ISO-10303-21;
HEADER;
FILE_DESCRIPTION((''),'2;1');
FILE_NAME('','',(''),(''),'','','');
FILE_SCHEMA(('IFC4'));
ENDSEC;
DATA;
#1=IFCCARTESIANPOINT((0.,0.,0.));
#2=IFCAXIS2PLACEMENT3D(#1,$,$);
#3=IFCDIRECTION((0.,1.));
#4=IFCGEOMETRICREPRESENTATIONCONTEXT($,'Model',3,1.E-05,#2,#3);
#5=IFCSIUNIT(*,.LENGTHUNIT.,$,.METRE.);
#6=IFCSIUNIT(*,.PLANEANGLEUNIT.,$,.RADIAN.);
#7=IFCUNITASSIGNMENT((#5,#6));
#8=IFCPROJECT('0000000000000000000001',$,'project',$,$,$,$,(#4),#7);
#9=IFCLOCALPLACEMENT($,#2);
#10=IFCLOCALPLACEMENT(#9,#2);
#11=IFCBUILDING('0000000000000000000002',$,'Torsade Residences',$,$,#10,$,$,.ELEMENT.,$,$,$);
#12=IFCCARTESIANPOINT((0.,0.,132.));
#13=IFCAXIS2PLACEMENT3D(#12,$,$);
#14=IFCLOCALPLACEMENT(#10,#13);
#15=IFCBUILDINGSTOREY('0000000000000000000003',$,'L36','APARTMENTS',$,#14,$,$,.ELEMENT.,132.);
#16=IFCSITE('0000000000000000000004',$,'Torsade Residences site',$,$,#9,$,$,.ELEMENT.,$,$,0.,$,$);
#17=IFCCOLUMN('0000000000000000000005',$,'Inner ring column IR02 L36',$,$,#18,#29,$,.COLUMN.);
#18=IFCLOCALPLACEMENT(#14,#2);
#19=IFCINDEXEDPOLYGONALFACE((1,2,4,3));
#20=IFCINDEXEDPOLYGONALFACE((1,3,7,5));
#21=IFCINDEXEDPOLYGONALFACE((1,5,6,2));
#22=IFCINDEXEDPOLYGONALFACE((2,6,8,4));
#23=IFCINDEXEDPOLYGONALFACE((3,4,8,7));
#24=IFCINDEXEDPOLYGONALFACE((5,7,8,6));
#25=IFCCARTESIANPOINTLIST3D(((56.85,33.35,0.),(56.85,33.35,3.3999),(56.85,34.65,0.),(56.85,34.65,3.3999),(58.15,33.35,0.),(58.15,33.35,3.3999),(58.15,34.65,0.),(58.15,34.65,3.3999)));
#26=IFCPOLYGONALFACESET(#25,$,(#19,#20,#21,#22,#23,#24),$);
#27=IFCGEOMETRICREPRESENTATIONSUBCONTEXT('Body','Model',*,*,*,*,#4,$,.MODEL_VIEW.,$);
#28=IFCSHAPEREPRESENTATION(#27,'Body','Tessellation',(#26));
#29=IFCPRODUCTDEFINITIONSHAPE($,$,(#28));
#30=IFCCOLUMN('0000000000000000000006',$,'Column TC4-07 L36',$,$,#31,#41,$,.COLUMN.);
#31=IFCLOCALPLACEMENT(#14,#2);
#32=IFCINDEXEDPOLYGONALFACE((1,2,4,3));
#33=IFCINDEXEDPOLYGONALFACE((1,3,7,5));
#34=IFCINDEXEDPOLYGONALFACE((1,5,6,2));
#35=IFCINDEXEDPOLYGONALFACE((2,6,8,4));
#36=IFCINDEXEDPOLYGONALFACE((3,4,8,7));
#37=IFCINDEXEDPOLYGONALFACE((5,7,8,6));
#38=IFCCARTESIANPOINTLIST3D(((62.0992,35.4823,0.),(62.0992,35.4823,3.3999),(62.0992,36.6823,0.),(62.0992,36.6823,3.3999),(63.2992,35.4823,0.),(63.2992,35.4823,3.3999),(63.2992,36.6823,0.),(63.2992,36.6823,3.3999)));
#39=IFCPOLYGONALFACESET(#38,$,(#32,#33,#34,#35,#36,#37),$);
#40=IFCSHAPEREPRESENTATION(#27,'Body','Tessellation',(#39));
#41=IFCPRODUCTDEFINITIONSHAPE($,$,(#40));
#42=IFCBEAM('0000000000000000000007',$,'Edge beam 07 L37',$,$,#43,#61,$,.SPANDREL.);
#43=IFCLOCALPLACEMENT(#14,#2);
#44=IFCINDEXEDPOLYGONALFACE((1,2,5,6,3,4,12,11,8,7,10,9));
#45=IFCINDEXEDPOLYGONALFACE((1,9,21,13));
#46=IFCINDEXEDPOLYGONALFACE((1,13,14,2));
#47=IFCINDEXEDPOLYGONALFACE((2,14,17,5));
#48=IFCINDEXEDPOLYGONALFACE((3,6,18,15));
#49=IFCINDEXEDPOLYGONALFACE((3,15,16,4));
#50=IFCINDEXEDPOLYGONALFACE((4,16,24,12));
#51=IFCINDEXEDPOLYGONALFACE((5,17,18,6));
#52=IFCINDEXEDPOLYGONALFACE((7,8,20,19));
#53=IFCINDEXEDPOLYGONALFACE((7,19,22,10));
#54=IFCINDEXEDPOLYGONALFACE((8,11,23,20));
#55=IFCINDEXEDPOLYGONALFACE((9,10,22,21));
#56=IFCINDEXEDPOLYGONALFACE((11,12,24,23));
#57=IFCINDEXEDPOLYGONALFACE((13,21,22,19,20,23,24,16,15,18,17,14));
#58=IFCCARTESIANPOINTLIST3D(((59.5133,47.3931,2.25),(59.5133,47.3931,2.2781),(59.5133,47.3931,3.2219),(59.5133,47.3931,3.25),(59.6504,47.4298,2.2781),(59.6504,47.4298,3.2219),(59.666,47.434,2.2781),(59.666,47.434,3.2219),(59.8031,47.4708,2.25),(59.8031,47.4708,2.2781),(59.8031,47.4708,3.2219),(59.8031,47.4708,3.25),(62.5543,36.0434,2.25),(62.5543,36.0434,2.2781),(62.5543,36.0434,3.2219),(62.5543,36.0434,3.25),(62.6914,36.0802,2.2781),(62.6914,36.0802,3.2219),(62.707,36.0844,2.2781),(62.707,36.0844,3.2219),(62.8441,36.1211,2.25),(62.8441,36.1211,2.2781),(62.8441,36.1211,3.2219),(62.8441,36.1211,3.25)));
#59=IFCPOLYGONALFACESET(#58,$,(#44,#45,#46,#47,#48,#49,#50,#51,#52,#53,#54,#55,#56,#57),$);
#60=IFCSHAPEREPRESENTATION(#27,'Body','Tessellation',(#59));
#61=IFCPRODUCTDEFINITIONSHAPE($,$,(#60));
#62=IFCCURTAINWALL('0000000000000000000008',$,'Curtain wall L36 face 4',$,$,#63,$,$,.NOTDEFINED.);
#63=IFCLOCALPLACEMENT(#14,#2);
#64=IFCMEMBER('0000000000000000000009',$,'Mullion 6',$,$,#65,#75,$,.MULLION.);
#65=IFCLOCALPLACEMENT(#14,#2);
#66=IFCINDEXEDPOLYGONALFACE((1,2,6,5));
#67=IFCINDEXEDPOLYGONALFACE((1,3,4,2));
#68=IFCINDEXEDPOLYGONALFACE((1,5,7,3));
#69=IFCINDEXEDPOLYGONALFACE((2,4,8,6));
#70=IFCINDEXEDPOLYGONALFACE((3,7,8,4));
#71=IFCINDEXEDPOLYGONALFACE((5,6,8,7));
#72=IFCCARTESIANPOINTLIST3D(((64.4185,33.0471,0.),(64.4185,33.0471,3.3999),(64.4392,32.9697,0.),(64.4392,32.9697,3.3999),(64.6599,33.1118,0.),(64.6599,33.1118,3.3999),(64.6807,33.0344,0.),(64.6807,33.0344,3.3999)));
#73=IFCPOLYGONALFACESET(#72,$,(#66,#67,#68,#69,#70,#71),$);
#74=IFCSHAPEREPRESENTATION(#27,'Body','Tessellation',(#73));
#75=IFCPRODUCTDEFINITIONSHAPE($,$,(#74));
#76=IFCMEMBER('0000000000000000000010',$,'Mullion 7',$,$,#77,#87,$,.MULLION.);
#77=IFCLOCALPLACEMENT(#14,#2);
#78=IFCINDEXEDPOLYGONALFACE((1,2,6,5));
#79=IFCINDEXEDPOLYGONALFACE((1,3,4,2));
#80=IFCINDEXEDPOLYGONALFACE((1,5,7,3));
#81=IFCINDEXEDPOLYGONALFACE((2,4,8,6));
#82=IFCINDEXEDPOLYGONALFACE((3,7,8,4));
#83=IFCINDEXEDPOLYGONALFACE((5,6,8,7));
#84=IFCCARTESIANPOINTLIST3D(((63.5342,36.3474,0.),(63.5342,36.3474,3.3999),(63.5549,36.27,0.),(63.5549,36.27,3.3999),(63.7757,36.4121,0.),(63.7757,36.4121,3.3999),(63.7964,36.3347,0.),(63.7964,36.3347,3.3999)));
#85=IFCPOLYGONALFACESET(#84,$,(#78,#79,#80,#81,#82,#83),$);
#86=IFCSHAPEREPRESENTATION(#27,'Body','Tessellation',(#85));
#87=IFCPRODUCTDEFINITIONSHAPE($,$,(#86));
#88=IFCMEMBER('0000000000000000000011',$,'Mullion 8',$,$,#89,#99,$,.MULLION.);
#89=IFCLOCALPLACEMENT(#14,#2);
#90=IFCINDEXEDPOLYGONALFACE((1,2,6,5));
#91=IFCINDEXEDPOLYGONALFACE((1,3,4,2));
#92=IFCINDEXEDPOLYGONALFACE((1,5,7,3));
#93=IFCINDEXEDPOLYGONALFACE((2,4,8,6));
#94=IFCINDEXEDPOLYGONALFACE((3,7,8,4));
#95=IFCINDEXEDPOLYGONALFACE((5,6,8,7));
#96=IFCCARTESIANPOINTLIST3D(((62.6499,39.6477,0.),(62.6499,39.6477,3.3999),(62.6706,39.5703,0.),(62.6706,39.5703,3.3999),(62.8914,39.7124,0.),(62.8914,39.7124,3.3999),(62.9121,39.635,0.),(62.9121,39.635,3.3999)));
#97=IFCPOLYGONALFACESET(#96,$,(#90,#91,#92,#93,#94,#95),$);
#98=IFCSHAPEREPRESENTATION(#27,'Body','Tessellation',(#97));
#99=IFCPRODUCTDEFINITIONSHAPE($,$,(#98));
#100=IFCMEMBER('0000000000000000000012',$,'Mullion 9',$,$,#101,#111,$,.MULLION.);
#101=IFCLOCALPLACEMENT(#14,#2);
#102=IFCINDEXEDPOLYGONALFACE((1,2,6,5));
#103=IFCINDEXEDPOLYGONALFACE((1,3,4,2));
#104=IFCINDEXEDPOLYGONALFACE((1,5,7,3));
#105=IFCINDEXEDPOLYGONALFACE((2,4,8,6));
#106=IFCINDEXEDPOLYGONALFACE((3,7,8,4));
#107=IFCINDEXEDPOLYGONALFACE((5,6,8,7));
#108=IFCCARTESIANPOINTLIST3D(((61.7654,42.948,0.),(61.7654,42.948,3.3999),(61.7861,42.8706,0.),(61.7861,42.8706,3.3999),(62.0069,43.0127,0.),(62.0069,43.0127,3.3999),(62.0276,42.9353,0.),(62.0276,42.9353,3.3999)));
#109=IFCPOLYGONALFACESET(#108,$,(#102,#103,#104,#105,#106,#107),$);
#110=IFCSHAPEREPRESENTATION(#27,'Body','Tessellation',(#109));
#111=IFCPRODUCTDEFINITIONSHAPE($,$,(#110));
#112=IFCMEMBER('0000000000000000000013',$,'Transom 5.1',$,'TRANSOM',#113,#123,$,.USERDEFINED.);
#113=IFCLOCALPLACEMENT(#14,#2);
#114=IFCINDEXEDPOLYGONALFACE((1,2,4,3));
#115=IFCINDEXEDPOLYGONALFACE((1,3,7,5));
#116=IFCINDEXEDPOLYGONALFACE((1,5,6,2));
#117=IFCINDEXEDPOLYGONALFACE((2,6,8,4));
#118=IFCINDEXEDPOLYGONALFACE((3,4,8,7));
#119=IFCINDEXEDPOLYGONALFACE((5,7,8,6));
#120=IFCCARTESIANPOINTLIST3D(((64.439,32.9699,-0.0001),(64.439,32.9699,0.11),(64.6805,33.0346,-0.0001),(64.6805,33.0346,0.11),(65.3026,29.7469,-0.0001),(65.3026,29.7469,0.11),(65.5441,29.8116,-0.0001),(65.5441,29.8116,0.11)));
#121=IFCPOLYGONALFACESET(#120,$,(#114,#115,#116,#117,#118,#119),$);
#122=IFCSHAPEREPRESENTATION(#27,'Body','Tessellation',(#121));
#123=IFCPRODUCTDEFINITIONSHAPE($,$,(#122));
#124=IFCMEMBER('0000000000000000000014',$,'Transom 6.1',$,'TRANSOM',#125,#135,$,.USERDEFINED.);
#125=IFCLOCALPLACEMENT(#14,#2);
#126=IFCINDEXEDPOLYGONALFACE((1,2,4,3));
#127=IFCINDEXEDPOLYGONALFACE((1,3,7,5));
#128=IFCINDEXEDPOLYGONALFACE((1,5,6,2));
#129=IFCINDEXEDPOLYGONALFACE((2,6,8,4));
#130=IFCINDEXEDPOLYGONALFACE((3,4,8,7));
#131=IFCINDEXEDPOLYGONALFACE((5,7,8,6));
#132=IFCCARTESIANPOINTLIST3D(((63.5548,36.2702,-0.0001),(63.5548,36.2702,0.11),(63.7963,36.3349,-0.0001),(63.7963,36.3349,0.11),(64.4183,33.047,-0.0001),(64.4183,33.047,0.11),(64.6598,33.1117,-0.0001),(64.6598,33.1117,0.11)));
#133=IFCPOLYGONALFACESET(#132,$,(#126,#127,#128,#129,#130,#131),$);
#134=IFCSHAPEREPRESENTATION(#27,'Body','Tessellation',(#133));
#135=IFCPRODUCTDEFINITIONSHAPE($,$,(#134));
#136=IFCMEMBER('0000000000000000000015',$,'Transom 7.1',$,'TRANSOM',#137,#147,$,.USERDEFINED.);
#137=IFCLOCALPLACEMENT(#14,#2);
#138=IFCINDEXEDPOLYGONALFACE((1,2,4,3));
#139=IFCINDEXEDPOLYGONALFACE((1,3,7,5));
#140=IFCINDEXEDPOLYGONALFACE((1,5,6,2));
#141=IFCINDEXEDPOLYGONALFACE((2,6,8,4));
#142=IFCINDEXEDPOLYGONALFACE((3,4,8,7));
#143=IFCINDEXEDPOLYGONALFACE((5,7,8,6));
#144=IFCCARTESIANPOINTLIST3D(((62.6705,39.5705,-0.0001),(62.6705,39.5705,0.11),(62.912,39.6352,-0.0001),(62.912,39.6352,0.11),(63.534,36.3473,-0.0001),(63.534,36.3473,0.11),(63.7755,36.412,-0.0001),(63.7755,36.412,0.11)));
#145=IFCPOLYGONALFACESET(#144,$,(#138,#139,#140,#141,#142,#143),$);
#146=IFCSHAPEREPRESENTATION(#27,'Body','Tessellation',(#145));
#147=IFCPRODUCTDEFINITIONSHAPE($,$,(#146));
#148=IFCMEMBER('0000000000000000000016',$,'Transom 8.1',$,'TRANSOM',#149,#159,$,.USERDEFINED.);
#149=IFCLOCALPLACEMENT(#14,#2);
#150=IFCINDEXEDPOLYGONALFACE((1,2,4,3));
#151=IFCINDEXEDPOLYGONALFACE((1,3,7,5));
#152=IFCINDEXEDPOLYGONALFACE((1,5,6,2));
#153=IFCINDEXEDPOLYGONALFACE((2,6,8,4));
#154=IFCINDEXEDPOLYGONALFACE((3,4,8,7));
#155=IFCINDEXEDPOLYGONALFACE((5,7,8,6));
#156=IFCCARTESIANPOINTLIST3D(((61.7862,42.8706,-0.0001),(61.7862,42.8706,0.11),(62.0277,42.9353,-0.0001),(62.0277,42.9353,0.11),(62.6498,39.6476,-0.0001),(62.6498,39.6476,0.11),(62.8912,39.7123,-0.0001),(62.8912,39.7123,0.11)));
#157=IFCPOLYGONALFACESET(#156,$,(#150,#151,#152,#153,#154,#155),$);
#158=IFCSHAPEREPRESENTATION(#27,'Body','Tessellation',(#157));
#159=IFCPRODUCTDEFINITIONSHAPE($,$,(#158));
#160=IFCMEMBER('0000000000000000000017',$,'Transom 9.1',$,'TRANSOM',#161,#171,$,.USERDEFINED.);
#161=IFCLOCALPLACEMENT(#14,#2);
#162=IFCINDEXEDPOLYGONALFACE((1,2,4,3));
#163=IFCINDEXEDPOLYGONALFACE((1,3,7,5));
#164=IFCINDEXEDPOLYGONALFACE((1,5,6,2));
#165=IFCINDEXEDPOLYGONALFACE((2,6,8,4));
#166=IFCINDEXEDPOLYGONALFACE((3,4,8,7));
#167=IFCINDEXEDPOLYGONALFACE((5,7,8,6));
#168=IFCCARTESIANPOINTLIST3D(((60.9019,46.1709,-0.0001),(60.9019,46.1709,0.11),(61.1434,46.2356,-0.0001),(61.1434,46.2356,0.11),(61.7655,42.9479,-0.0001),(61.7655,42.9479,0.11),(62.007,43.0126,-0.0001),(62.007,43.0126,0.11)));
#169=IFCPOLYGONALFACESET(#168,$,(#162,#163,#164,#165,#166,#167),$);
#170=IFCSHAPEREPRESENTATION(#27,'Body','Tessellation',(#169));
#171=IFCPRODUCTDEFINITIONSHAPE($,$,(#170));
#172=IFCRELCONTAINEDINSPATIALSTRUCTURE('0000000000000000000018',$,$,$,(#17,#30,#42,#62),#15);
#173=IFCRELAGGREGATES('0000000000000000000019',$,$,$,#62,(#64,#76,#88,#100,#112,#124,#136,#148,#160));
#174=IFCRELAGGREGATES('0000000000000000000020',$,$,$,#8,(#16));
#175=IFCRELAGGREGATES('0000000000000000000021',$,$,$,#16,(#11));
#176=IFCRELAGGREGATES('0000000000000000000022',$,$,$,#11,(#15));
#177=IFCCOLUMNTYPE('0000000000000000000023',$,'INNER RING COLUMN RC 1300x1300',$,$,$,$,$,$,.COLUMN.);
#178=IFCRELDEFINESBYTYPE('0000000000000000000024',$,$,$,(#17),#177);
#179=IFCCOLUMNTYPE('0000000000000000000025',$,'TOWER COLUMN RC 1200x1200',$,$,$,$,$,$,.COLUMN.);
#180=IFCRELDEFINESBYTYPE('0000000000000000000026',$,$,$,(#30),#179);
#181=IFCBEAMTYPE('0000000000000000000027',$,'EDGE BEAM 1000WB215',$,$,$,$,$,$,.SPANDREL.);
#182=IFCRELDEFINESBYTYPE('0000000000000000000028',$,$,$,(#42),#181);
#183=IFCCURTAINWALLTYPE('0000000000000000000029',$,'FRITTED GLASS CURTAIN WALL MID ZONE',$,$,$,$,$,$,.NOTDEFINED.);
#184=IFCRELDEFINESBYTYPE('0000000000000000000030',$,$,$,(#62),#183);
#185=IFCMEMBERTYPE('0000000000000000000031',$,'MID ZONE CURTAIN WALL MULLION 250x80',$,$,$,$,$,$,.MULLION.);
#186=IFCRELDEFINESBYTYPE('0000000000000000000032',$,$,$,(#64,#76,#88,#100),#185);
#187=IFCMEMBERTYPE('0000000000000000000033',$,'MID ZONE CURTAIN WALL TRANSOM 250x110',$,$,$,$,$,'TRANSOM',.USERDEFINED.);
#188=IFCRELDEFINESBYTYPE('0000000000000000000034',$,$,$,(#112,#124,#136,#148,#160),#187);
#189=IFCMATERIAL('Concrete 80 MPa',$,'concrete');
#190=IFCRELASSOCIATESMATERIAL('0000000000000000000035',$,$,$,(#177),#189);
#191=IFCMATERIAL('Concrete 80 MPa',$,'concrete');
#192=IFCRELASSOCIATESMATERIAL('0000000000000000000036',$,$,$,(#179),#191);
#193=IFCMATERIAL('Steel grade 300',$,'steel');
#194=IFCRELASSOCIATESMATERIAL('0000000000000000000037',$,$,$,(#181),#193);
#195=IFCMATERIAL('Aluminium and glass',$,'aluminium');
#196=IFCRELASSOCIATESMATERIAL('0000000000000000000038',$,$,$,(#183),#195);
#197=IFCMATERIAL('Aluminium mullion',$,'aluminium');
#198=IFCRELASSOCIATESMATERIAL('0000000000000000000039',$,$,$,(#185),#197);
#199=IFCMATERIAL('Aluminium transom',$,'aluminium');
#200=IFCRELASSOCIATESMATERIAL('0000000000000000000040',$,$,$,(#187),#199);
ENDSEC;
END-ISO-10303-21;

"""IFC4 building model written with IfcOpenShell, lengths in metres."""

from ifc_helpers import new_model, si_unit, direction, frame, origin, origin_2d, place, context, subcontext, project, spatial, rectangle, i_section, extrude, material, material_profile, profile_set, type_object, element, aggregate, save


model = new_model("IFC4")

# Units and contexts
model_context = context("Model", 3, precision=1e-05, world=origin(), true_north=direction((0.0, 1.0)))
body_context = subcontext(model_context, "Body", "Model", "MODEL_VIEW")
ifc_project = project(units=[si_unit("LENGTHUNIT", "METRE"), si_unit("PLANEANGLEUNIT", "RADIAN")], contexts=[model_context])

# Site, building, storey
site_placement = place(None, origin())
site = spatial("IfcSite", under=ifc_project, at=site_placement, Name="Torsade Residences site", CompositionType="ELEMENT", RefElevation=0.0)
building_placement = place(site_placement, origin())
building = spatial("IfcBuilding", under=site, at=building_placement, Name="Torsade Residences", CompositionType="ELEMENT")
storey_placement = place(building_placement, frame((0.0, 0.0, 132.0)))
storey = spatial("IfcBuildingStorey", under=building, at=storey_placement, Name="L36", Description="APARTMENTS", CompositionType="ELEMENT", Elevation=132.0)

# Columns
ifc_material_1 = material(Name="Concrete 80 MPa", Category="concrete")
ifc_material_profile_1 = material_profile(ifc_material_1, rectangle(XDim=1.3, YDim=1.3, at=origin_2d()), Name="RC 1300x1300")
ifc_profile_set_1 = profile_set([ifc_material_profile_1], Name="Concrete 80 MPa")
column_type_1 = type_object("IfcColumnType", Name="INNER RING COLUMN RC 1300x1300", PredefinedType="COLUMN", material=ifc_profile_set_1)
column_1_placement = place(storey_placement, frame((57.5, 34.0, 0.0), z_axis=(0.0, 0.0, 1.0), x_axis=(1.0, 0.0, 0.0)))
element("IfcColumn", 1, at=column_1_placement, inside=storey, type_object=column_type_1, Name="Inner ring column IR02 L36", PredefinedType="COLUMN", context=body_context, shape_type="SweptSolid", body=[
    extrude(rectangle(XDim=1.3, YDim=1.3, at=origin_2d()), origin(), (0.0, 0.0, 1.0), 3.3999),
])
ifc_material_2 = material(Name="Concrete 80 MPa", Category="concrete")
ifc_material_profile_2 = material_profile(ifc_material_2, rectangle(XDim=1.2, YDim=1.2, at=origin_2d()), Name="RC 1200x1200")
ifc_profile_set_2 = profile_set([ifc_material_profile_2], Name="Concrete 80 MPa")
column_type_2 = type_object("IfcColumnType", Name="TOWER COLUMN RC 1200x1200", PredefinedType="COLUMN", material=ifc_profile_set_2)
column_2_placement = place(storey_placement, frame((62.6992, 36.0823, 0.0), z_axis=(0.0, 0.0, 1.0), x_axis=(1.0, 0.0, 0.0)))
element("IfcColumn", 2, at=column_2_placement, inside=storey, type_object=column_type_2, Name="Column TC4-07 L36", PredefinedType="COLUMN", context=body_context, shape_type="SweptSolid", body=[
    extrude(rectangle(XDim=1.2, YDim=1.2, at=origin_2d()), origin(), (0.0, 0.0, 1.0), 3.3999),
])

# Beam
ifc_material_3 = material(Name="Steel grade 300", Category="steel")
ifc_material_profile_3 = material_profile(ifc_material_3, i_section(OverallWidth=0.3, OverallDepth=1.0, WebThickness=0.0161, FlangeThickness=0.0281, at=origin_2d()), Name="1000WB215")
ifc_profile_set_3 = profile_set([ifc_material_profile_3], Name="Steel grade 300")
beam_type_1 = type_object("IfcBeamType", Name="EDGE BEAM 1000WB215", PredefinedType="SPANDREL", material=ifc_profile_set_3)
beam_1_placement = place(storey_placement, frame((62.6992, 36.0823, 2.75), z_axis=(-0.258811, 0.965928, 0.0), x_axis=(-0.965928, -0.258811, 0.0)))
element("IfcBeam", 3, at=beam_1_placement, inside=storey, type_object=beam_type_1, Name="Edge beam 07 L37", PredefinedType="SPANDREL", context=body_context, shape_type="SweptSolid", body=[
    extrude(i_section(OverallWidth=0.3, OverallDepth=1.0, WebThickness=0.0161, FlangeThickness=0.0281, at=origin_2d()), origin(), (0.0, 0.0, 1.0), 11.75),
])

# Curtain wall, members
ifc_material_4 = material(Name="Aluminium and glass", Category="aluminium")
curtain_wall_type = type_object("IfcCurtainWallType", Name="FRITTED GLASS CURTAIN WALL MID ZONE", PredefinedType="NOTDEFINED", material=ifc_material_4)
curtain_wall_placement = place(storey_placement, origin())
curtain_wall = element("IfcCurtainWall", 4, at=curtain_wall_placement, inside=storey, type_object=curtain_wall_type, Name="Curtain wall L36 face 4", PredefinedType="NOTDEFINED")
ifc_material_5 = material(Name="Aluminium mullion", Category="aluminium")
ifc_material_profile_4 = material_profile(ifc_material_5, rectangle(XDim=0.25, YDim=0.0801, at=origin_2d()), Name="MID ZONE CURTAIN WALL MULLION 250x80")
ifc_profile_set_4 = profile_set([ifc_material_profile_4], Name="Aluminium mullion")
member_type_1 = type_object("IfcMemberType", Name="MID ZONE CURTAIN WALL MULLION 250x80", PredefinedType="MULLION", material=ifc_profile_set_4)
member_1_placement = place(storey_placement, frame((64.5496, 33.0408, 0.0), z_axis=(0.0, 0.0, 1.0), x_axis=(-0.965926, -0.258819, 0.0)))
member_1 = element("IfcMember", 5, at=member_1_placement, type_object=member_type_1, Name="Mullion 6", PredefinedType="MULLION", context=body_context, shape_type="SweptSolid", body=[
    extrude(rectangle(XDim=0.25, YDim=0.0801, at=origin_2d()), origin(), (0.0, 0.0, 1.0), 3.3999),
])
member_2_placement = place(storey_placement, frame((63.6653, 36.3411, 0.0), z_axis=(0.0, 0.0, 1.0), x_axis=(-0.965926, -0.258819, 0.0)))
member_2 = element("IfcMember", 6, at=member_2_placement, type_object=member_type_1, Name="Mullion 7", PredefinedType="MULLION", context=body_context, shape_type="SweptSolid", body=[
    extrude(rectangle(XDim=0.25, YDim=0.0801, at=origin_2d()), origin(), (0.0, 0.0, 1.0), 3.3999),
])
member_3_placement = place(storey_placement, frame((62.781, 39.6414, 0.0), z_axis=(0.0, 0.0, 1.0), x_axis=(-0.965926, -0.258819, 0.0)))
member_3 = element("IfcMember", 7, at=member_3_placement, type_object=member_type_1, Name="Mullion 8", PredefinedType="MULLION", context=body_context, shape_type="SweptSolid", body=[
    extrude(rectangle(XDim=0.25, YDim=0.0801, at=origin_2d()), origin(), (0.0, 0.0, 1.0), 3.3999),
])
member_4_placement = place(storey_placement, frame((61.8965, 42.9417, 0.0), z_axis=(0.0, 0.0, 1.0), x_axis=(-0.965926, -0.258819, 0.0)))
member_4 = element("IfcMember", 8, at=member_4_placement, type_object=member_type_1, Name="Mullion 9", PredefinedType="MULLION", context=body_context, shape_type="SweptSolid", body=[
    extrude(rectangle(XDim=0.25, YDim=0.0801, at=origin_2d()), origin(), (0.0, 0.0, 1.0), 3.3999),
])
ifc_material_6 = material(Name="Aluminium transom", Category="aluminium")
ifc_material_profile_5 = material_profile(ifc_material_6, rectangle(XDim=0.25, YDim=0.1101, at=origin_2d()), Name="MID ZONE CURTAIN WALL TRANSOM 250x110")
ifc_profile_set_5 = profile_set([ifc_material_profile_5], Name="Aluminium transom")
member_type_2 = type_object("IfcMemberType", Name="MID ZONE CURTAIN WALL TRANSOM 250x110", ElementType="TRANSOM", PredefinedType="USERDEFINED", material=ifc_profile_set_5)
member_5_placement = place(storey_placement, frame((65.4233, 29.7793, 0.0549), z_axis=(-0.258806, 0.965929, 0.0), x_axis=(-0.965929, -0.258806, 0.0)))
member_5 = element("IfcMember", 9, at=member_5_placement, type_object=member_type_2, Name="Transom 5.1", ObjectType="TRANSOM", PredefinedType="USERDEFINED", context=body_context, shape_type="SweptSolid", body=[
    extrude(rectangle(XDim=0.25, YDim=0.1101, at=origin_2d()), origin(), (0.0, 0.0, 1.0), 3.3367),
])
member_6_placement = place(storey_placement, frame((64.5391, 33.0793, 0.0549), z_axis=(-0.258787, 0.965934, 0.0), x_axis=(-0.965934, -0.258787, 0.0)))
member_6 = element("IfcMember", 10, at=member_6_placement, type_object=member_type_2, Name="Transom 6.1", ObjectType="TRANSOM", PredefinedType="USERDEFINED", context=body_context, shape_type="SweptSolid", body=[
    extrude(rectangle(XDim=0.25, YDim=0.1101, at=origin_2d()), origin(), (0.0, 0.0, 1.0), 3.3369),
])
member_7_placement = place(storey_placement, frame((63.6548, 36.3796, 0.0549), z_axis=(-0.258787, 0.965934, 0.0), x_axis=(-0.965934, -0.258787, 0.0)))
member_7 = element("IfcMember", 11, at=member_7_placement, type_object=member_type_2, Name="Transom 7.1", ObjectType="TRANSOM", PredefinedType="USERDEFINED", context=body_context, shape_type="SweptSolid", body=[
    extrude(rectangle(XDim=0.25, YDim=0.1101, at=origin_2d()), origin(), (0.0, 0.0, 1.0), 3.3369),
])
member_8_placement = place(storey_placement, frame((62.7705, 39.6799, 0.0549), z_axis=(-0.258806, 0.965929, 0.0), x_axis=(-0.965929, -0.258806, 0.0)))
member_8 = element("IfcMember", 12, at=member_8_placement, type_object=member_type_2, Name="Transom 8.1", ObjectType="TRANSOM", PredefinedType="USERDEFINED", context=body_context, shape_type="SweptSolid", body=[
    extrude(rectangle(XDim=0.25, YDim=0.1101, at=origin_2d()), origin(), (0.0, 0.0, 1.0), 3.3367),
])
member_9_placement = place(storey_placement, frame((61.8862, 42.9802, 0.0549), z_axis=(-0.258806, 0.965929, 0.0), x_axis=(-0.965929, -0.258806, 0.0)))
member_9 = element("IfcMember", 13, at=member_9_placement, type_object=member_type_2, Name="Transom 9.1", ObjectType="TRANSOM", PredefinedType="USERDEFINED", context=body_context, shape_type="SweptSolid", body=[
    extrude(rectangle(XDim=0.25, YDim=0.1101, at=origin_2d()), origin(), (0.0, 0.0, 1.0), 3.3367),
])

aggregate(curtain_wall, [member_1, member_2, member_3, member_4, member_5, member_6, member_7, member_8, member_9])

save(model, "model.ifc")
